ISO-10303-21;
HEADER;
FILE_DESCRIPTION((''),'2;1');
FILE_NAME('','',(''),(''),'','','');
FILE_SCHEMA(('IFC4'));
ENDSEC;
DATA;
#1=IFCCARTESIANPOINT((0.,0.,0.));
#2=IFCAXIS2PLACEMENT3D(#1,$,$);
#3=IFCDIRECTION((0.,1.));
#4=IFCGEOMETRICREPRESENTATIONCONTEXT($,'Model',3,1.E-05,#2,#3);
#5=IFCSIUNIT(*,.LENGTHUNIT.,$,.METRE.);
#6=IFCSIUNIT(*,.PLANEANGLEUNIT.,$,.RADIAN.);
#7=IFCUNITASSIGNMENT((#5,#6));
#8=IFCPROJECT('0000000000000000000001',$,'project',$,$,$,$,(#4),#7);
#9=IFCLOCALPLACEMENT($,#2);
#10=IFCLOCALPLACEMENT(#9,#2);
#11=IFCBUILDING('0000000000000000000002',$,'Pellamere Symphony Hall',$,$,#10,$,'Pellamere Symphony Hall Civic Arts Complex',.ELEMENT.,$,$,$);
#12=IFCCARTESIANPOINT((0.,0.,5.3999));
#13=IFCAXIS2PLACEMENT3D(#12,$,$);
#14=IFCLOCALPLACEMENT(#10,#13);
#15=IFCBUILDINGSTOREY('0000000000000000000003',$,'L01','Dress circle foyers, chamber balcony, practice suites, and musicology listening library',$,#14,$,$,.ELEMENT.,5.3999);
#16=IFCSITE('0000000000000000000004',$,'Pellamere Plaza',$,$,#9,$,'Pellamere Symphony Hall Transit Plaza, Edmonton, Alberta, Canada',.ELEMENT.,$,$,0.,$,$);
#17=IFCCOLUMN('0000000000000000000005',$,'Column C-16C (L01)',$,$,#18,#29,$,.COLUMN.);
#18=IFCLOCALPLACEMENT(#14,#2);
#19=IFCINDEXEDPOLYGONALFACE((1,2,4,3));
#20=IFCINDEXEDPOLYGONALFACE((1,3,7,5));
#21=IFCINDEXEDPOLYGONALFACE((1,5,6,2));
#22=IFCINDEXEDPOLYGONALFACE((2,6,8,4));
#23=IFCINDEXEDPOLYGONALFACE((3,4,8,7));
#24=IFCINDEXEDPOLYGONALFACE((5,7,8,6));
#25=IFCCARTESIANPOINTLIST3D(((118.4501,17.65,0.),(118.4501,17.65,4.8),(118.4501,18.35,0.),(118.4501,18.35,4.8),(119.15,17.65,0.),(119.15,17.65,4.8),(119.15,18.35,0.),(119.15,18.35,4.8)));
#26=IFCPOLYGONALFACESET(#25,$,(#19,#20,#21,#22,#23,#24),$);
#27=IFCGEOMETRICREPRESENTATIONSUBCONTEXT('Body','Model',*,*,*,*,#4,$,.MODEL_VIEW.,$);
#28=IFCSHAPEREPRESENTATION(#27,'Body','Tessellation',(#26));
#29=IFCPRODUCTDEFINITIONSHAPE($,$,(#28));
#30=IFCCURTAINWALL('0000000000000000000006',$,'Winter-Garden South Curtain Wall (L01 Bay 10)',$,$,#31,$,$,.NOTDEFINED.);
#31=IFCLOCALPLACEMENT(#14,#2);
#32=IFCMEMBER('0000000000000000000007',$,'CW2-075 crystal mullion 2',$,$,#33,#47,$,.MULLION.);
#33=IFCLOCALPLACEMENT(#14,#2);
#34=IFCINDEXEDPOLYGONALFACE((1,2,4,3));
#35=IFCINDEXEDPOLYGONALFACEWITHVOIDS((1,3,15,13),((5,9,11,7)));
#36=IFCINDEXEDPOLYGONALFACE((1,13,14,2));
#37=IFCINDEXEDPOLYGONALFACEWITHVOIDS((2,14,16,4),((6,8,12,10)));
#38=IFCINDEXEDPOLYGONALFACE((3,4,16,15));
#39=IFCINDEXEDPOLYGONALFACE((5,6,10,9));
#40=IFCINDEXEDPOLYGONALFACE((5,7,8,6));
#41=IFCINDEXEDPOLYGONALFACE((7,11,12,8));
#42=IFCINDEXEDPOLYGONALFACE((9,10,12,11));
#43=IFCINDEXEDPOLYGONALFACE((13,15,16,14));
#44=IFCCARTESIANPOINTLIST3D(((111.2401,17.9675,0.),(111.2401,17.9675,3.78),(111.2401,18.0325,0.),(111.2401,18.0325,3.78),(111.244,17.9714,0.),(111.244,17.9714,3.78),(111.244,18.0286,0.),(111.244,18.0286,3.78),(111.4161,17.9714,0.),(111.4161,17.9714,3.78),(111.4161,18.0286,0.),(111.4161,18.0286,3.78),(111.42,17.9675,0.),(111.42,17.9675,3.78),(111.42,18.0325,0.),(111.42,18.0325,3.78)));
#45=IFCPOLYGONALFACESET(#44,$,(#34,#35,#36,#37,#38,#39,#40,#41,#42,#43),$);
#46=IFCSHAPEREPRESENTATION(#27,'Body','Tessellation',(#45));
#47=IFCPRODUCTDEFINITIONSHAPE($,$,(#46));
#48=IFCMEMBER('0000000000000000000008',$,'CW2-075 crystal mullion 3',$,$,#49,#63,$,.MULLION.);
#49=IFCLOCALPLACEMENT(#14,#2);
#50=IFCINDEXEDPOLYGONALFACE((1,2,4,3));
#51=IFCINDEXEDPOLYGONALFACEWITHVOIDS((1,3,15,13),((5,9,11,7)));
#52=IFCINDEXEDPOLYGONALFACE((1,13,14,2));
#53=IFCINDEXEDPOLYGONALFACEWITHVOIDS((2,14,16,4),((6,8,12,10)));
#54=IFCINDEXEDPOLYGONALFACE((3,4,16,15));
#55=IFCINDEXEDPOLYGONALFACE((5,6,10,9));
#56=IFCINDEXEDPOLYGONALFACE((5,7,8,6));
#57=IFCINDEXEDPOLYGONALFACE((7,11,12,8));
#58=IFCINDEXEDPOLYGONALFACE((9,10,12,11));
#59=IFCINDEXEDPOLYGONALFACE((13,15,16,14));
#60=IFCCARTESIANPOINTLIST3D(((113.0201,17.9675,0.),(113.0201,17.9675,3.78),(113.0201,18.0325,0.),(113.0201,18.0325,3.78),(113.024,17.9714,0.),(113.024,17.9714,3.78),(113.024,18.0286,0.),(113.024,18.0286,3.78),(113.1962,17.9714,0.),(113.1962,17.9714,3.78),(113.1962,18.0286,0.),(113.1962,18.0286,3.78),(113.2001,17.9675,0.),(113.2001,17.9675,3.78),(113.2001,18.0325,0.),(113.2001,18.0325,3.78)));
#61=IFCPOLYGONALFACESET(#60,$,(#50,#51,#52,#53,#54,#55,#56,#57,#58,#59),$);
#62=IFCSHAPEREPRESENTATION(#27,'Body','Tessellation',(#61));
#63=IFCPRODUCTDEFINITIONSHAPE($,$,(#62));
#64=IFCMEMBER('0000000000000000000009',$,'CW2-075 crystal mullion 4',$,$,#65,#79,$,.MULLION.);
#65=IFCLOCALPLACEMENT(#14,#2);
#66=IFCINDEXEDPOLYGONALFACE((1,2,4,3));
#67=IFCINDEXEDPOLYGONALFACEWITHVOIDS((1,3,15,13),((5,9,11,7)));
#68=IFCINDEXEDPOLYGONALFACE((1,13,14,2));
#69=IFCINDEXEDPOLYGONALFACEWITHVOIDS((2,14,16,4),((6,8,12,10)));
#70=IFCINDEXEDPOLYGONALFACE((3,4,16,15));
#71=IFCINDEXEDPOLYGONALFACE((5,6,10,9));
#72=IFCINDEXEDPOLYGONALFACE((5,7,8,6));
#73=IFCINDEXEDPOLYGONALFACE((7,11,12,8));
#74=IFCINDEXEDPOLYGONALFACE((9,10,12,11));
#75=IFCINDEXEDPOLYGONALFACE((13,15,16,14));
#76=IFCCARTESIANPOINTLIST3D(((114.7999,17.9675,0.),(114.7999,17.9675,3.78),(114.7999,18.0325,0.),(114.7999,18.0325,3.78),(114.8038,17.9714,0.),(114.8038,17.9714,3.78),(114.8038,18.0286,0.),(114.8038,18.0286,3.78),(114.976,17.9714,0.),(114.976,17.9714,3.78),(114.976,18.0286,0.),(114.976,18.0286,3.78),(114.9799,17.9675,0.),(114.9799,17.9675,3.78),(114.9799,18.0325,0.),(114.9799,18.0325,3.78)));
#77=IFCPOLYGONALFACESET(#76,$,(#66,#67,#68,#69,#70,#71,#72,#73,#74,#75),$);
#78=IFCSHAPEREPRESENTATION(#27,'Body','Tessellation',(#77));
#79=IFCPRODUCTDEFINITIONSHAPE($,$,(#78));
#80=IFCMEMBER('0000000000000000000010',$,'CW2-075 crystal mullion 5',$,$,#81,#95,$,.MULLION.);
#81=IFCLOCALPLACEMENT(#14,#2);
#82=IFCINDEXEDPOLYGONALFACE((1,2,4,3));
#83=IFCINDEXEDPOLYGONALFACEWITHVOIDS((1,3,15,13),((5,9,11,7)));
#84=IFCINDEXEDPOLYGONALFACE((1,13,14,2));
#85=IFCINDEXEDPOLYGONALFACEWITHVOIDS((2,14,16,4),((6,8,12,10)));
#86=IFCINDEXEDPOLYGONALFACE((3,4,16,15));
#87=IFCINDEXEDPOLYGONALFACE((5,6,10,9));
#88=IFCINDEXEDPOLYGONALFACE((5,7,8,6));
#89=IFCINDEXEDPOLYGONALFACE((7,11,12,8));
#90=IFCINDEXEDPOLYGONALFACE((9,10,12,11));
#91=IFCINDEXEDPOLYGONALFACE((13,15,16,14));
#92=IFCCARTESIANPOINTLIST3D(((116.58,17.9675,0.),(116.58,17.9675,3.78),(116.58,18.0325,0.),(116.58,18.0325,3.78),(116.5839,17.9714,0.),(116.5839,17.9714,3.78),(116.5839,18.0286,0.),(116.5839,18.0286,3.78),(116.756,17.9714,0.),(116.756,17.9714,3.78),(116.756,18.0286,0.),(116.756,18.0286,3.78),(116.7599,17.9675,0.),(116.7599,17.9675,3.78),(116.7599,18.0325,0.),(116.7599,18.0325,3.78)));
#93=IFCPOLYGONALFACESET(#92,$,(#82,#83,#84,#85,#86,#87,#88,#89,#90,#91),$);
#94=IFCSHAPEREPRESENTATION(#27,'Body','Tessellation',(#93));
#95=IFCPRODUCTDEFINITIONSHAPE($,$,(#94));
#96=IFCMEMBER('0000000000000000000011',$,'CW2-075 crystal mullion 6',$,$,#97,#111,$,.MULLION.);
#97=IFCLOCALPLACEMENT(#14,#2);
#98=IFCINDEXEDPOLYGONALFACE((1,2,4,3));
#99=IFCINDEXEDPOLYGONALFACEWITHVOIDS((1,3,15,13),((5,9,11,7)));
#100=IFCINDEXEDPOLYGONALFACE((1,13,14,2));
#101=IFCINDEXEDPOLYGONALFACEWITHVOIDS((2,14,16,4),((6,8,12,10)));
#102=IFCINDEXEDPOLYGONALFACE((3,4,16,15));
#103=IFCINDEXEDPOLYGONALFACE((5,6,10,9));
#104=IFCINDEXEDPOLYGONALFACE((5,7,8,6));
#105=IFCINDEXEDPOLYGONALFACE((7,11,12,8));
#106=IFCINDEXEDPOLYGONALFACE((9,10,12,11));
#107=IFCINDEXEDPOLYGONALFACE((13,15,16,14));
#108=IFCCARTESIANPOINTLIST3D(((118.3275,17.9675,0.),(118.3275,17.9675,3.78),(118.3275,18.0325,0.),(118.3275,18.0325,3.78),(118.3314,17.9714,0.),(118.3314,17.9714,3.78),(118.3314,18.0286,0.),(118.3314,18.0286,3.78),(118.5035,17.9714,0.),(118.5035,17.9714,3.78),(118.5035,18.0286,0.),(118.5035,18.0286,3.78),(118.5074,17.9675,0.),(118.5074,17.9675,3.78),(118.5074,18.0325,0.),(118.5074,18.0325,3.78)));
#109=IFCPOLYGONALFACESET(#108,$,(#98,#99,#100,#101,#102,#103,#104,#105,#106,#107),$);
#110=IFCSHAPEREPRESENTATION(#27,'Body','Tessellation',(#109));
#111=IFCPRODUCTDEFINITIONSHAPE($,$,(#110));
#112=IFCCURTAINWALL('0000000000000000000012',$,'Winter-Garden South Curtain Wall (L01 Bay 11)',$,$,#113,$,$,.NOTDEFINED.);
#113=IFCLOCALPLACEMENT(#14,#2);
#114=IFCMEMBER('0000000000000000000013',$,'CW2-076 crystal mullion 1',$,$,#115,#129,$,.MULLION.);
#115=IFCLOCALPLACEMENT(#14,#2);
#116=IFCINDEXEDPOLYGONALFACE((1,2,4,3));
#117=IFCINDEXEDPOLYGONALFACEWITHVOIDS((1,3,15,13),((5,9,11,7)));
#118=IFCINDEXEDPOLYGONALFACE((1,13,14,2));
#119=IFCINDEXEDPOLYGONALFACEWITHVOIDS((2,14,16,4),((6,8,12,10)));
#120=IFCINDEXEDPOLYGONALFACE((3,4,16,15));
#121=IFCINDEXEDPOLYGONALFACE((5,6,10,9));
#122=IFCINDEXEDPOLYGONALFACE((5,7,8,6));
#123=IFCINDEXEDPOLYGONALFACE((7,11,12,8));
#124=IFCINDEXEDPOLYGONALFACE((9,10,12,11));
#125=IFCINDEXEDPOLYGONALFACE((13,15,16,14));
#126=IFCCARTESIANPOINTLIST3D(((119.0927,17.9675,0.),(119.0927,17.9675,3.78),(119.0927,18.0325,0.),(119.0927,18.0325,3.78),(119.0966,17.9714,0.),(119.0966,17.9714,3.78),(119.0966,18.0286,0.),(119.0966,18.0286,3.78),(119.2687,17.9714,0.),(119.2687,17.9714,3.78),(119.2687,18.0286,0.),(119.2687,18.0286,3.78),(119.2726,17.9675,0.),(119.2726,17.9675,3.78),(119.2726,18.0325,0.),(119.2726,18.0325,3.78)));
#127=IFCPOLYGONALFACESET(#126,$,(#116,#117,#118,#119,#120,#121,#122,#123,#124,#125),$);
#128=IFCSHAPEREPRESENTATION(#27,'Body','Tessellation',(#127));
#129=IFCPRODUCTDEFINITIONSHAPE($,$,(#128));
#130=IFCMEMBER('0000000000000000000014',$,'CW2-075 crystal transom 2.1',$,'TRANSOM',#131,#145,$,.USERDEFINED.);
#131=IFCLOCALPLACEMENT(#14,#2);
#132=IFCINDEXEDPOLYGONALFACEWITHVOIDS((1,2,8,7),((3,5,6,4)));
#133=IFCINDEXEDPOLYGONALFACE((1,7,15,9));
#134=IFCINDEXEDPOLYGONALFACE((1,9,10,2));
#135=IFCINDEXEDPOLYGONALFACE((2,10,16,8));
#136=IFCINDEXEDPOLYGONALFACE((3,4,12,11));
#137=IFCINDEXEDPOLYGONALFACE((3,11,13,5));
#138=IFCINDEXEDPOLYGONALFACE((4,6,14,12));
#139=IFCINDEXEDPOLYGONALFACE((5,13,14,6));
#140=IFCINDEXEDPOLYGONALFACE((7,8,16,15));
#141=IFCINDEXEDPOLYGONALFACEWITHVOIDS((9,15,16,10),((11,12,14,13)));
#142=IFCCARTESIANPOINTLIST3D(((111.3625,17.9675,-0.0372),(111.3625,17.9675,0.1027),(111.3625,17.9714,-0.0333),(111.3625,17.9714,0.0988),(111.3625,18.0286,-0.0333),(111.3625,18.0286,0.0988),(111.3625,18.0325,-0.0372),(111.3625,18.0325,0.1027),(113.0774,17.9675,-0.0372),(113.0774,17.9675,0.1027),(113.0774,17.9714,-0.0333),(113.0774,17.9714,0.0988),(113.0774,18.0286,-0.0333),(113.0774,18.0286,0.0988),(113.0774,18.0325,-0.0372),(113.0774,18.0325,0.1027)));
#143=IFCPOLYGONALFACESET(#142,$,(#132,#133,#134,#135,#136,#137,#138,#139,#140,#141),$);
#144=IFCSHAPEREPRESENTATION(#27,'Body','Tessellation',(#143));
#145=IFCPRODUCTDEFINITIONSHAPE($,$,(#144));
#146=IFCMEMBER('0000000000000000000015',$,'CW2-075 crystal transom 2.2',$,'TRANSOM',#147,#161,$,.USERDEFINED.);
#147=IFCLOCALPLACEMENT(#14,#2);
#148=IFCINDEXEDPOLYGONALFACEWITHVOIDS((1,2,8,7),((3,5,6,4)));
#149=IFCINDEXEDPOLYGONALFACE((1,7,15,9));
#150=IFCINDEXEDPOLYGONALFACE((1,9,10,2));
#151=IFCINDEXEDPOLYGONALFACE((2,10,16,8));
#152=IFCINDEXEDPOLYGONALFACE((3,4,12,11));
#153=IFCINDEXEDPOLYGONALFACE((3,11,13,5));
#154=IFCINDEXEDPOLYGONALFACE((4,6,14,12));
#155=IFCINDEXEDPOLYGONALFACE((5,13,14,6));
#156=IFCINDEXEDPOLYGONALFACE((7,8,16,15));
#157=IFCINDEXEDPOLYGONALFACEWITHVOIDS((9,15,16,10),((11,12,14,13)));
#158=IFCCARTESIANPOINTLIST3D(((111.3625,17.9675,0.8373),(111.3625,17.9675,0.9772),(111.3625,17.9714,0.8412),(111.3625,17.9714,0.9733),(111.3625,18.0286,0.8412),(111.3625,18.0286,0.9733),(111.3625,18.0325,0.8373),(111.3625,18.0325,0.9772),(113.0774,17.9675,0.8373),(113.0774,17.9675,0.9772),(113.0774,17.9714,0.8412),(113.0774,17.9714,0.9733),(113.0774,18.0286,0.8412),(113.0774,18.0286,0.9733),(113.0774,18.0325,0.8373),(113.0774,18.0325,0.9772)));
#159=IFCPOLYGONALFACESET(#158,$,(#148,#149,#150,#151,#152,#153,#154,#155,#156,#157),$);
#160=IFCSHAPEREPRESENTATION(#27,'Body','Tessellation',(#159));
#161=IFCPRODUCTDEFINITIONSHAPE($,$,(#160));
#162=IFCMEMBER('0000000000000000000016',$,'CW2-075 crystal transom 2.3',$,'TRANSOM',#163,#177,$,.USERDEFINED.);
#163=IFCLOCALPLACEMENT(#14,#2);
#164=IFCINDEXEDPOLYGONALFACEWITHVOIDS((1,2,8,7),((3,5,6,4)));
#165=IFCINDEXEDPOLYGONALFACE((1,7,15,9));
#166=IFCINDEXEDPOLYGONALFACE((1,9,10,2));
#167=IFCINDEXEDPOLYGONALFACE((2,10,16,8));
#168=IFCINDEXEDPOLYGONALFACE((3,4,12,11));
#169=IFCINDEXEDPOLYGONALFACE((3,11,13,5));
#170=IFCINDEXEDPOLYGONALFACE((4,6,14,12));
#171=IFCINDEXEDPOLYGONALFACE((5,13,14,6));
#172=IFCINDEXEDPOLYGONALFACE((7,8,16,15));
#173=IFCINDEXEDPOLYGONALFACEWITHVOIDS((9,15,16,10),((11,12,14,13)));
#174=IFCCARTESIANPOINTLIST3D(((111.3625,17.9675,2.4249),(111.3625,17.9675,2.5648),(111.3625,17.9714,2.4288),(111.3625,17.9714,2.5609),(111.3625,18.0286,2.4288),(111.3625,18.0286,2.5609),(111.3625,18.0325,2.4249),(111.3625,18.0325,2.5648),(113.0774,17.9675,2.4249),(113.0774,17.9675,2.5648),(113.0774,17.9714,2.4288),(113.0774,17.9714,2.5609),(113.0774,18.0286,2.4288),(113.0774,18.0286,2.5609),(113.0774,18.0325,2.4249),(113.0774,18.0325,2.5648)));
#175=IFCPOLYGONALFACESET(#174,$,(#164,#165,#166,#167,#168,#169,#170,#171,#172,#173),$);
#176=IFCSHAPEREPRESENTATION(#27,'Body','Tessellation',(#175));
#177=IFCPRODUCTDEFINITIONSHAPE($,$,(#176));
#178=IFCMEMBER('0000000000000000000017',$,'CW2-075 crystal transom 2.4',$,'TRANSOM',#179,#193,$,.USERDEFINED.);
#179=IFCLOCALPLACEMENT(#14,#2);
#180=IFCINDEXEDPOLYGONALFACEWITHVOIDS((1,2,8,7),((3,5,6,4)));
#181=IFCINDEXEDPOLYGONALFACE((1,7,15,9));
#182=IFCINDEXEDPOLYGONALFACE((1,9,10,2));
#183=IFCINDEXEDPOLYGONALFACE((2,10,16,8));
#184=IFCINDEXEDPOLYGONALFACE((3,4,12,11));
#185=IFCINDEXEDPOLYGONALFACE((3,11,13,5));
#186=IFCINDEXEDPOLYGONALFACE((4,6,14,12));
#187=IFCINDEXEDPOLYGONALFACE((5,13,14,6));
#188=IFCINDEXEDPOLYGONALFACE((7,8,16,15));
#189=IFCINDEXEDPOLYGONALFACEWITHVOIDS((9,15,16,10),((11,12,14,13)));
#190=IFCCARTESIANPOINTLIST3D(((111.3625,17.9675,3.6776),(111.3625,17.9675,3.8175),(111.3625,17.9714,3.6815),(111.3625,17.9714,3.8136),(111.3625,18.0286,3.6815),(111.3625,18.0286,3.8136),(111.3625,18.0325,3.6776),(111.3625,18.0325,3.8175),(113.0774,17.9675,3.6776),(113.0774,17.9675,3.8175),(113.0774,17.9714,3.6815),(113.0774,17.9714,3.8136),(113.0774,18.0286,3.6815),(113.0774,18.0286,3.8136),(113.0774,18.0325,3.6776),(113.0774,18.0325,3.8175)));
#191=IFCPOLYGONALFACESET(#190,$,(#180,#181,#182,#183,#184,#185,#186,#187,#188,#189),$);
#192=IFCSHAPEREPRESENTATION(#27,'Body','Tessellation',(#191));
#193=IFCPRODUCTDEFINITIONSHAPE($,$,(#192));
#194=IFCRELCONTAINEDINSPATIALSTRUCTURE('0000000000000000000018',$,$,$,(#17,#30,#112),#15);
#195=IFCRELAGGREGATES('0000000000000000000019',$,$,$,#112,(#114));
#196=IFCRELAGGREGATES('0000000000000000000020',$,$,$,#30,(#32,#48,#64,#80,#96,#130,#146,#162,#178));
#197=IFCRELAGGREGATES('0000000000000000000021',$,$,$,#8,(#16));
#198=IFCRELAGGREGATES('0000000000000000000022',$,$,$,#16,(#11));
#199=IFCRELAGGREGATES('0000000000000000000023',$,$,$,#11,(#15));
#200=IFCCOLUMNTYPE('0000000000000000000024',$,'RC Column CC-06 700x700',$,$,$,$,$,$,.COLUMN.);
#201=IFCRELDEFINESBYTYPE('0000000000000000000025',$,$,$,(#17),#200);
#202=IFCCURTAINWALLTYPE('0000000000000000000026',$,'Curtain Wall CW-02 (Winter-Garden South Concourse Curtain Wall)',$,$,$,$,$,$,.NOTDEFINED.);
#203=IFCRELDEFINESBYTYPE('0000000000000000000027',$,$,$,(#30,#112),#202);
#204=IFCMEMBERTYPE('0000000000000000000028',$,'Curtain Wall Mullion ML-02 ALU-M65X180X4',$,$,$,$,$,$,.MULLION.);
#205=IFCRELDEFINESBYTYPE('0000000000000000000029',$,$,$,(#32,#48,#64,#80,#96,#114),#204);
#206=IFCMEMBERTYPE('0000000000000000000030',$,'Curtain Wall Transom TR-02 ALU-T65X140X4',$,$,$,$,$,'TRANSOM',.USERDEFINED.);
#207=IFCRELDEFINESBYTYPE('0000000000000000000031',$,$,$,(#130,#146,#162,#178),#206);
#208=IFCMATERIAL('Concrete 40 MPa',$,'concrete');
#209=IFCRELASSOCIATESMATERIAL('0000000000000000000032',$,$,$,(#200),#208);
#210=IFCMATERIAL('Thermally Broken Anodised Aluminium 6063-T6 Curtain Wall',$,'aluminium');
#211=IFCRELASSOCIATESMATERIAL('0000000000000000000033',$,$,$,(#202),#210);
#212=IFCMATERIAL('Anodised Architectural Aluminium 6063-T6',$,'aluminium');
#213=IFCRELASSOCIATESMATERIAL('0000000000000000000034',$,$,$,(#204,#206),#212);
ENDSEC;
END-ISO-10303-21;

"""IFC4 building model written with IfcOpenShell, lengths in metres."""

from ifc_helpers import new_model, si_unit, direction, frame, origin, origin_2d, place, context, subcontext, project, spatial, rectangle, hollow_rectangle, extrude, material, material_profile, profile_set, type_object, element, aggregate, save


model = new_model("IFC4")

# Units and contexts
model_context = context("Model", 3, precision=1e-05, world=origin(), true_north=direction((0.0, 1.0)))
body_context = subcontext(model_context, "Body", "Model", "MODEL_VIEW")
ifc_project = project(units=[si_unit("LENGTHUNIT", "METRE"), si_unit("PLANEANGLEUNIT", "RADIAN")], contexts=[model_context])

# Site, building, storey
site_placement = place(None, origin())
site = spatial("IfcSite", under=ifc_project, at=site_placement, Name="Pellamere Plaza", LongName="Pellamere Symphony Hall Transit Plaza, Edmonton, Alberta, Canada", CompositionType="ELEMENT", RefElevation=0.0)
building_placement = place(site_placement, origin())
building = spatial("IfcBuilding", under=site, at=building_placement, Name="Pellamere Symphony Hall", LongName="Pellamere Symphony Hall Civic Arts Complex", CompositionType="ELEMENT")
storey_placement = place(building_placement, frame((0.0, 0.0, 5.3999)))
storey = spatial("IfcBuildingStorey", under=building, at=storey_placement, Name="L01", Description="Dress circle foyers, chamber balcony, practice suites, and musicology listening library", CompositionType="ELEMENT", Elevation=5.3999)

# Column
ifc_material_1 = material(Name="Concrete 40 MPa", Category="concrete")
ifc_material_profile_1 = material_profile(ifc_material_1, rectangle(XDim=0.7, YDim=0.7, at=origin_2d()), Name="RC 700x700")
ifc_profile_set_1 = profile_set([ifc_material_profile_1], Name="Concrete 40 MPa")
column_type = type_object("IfcColumnType", Name="RC Column CC-06 700x700", PredefinedType="COLUMN", material=ifc_profile_set_1)
column_placement = place(storey_placement, frame((118.8, 18.0, 0.0), z_axis=(0.0, 0.0, 1.0), x_axis=(1.0, 0.0, 0.0)))
element("IfcColumn", 1, at=column_placement, inside=storey, type_object=column_type, Name="Column C-16C (L01)", PredefinedType="COLUMN", context=body_context, shape_type="SweptSolid", body=[
    extrude(rectangle(XDim=0.7, YDim=0.7, at=origin_2d()), origin(), (0.0, 0.0, 1.0), 4.8),
])

# Curtain wall, members
ifc_material_2 = material(Name="Thermally Broken Anodised Aluminium 6063-T6 Curtain Wall", Category="aluminium")
curtain_wall_type = type_object("IfcCurtainWallType", Name="Curtain Wall CW-02 (Winter-Garden South Concourse Curtain Wall)", PredefinedType="NOTDEFINED", material=ifc_material_2)
curtain_wall_1_placement = place(storey_placement, origin())
curtain_wall_1 = element("IfcCurtainWall", 2, at=curtain_wall_1_placement, inside=storey, type_object=curtain_wall_type, Name="Winter-Garden South Curtain Wall (L01 Bay 10)", PredefinedType="NOTDEFINED")
ifc_material_3 = material(Name="Anodised Architectural Aluminium 6063-T6", Category="aluminium")
ifc_material_profile_2 = material_profile(ifc_material_3, hollow_rectangle(XDim=0.0649, YDim=0.1799, WallThickness=0.0039, at=origin_2d()), Name="ALU-M65X180X4")
ifc_profile_set_2 = profile_set([ifc_material_profile_2], Name="Anodised Architectural Aluminium 6063-T6")
member_type_1 = type_object("IfcMemberType", Name="Curtain Wall Mullion ML-02 ALU-M65X180X4", PredefinedType="MULLION", material=ifc_profile_set_2)
member_1_placement = place(storey_placement, frame((111.3301, 18.0, 0.0), z_axis=(0.0, 0.0, 1.0), x_axis=(0.0, 1.0, 0.0)))
member_1 = element("IfcMember", 3, at=member_1_placement, type_object=member_type_1, Name="CW2-075 crystal mullion 2", PredefinedType="MULLION", context=body_context, shape_type="SweptSolid", body=[
    extrude(hollow_rectangle(XDim=0.0649, YDim=0.1799, WallThickness=0.0039, at=origin_2d()), origin(), (0.0, 0.0, 1.0), 3.78),
])
member_2_placement = place(storey_placement, frame((113.1101, 18.0, 0.0), z_axis=(0.0, 0.0, 1.0), x_axis=(0.0, 1.0, 0.0)))
member_2 = element("IfcMember", 4, at=member_2_placement, type_object=member_type_1, Name="CW2-075 crystal mullion 3", PredefinedType="MULLION", context=body_context, shape_type="SweptSolid", body=[
    extrude(hollow_rectangle(XDim=0.0649, YDim=0.1799, WallThickness=0.0039, at=origin_2d()), origin(), (0.0, 0.0, 1.0), 3.78),
])
member_3_placement = place(storey_placement, frame((114.8899, 18.0, 0.0), z_axis=(0.0, 0.0, 1.0), x_axis=(0.0, 1.0, 0.0)))
member_3 = element("IfcMember", 5, at=member_3_placement, type_object=member_type_1, Name="CW2-075 crystal mullion 4", PredefinedType="MULLION", context=body_context, shape_type="SweptSolid", body=[
    extrude(hollow_rectangle(XDim=0.0649, YDim=0.1799, WallThickness=0.0039, at=origin_2d()), origin(), (0.0, 0.0, 1.0), 3.78),
])
member_4_placement = place(storey_placement, frame((116.6699, 18.0, 0.0), z_axis=(0.0, 0.0, 1.0), x_axis=(0.0, 1.0, 0.0)))
member_4 = element("IfcMember", 6, at=member_4_placement, type_object=member_type_1, Name="CW2-075 crystal mullion 5", PredefinedType="MULLION", context=body_context, shape_type="SweptSolid", body=[
    extrude(hollow_rectangle(XDim=0.0649, YDim=0.1799, WallThickness=0.0039, at=origin_2d()), origin(), (0.0, 0.0, 1.0), 3.78),
])
member_5_placement = place(storey_placement, frame((118.4175, 18.0, 0.0), z_axis=(0.0, 0.0, 1.0), x_axis=(0.0, 1.0, 0.0)))
member_5 = element("IfcMember", 7, at=member_5_placement, type_object=member_type_1, Name="CW2-075 crystal mullion 6", PredefinedType="MULLION", context=body_context, shape_type="SweptSolid", body=[
    extrude(hollow_rectangle(XDim=0.0649, YDim=0.1799, WallThickness=0.0039, at=origin_2d()), origin(), (0.0, 0.0, 1.0), 3.78),
])

# Curtain wall, member
curtain_wall_2_placement = place(storey_placement, origin())
curtain_wall_2 = element("IfcCurtainWall", 8, at=curtain_wall_2_placement, inside=storey, type_object=curtain_wall_type, Name="Winter-Garden South Curtain Wall (L01 Bay 11)", PredefinedType="NOTDEFINED")
member_6_placement = place(storey_placement, frame((119.1826, 18.0, 0.0), z_axis=(0.0, 0.0, 1.0), x_axis=(0.0, 1.0, 0.0)))
member_6 = element("IfcMember", 9, at=member_6_placement, type_object=member_type_1, Name="CW2-076 crystal mullion 1", PredefinedType="MULLION", context=body_context, shape_type="SweptSolid", body=[
    extrude(hollow_rectangle(XDim=0.0649, YDim=0.1799, WallThickness=0.0039, at=origin_2d()), origin(), (0.0, 0.0, 1.0), 3.78),
])

# Members
ifc_material_profile_3 = material_profile(ifc_material_3, hollow_rectangle(XDim=0.0649, YDim=0.1399, WallThickness=0.0039, at=origin_2d()), Name="ALU-T65X140X4")
ifc_profile_set_3 = profile_set([ifc_material_profile_3], Name="Anodised Architectural Aluminium 6063-T6")
member_type_2 = type_object("IfcMemberType", Name="Curtain Wall Transom TR-02 ALU-T65X140X4", ElementType="TRANSOM", PredefinedType="USERDEFINED", material=ifc_profile_set_3)
member_7_placement = place(storey_placement, frame((111.3625, 18.0, 0.0327), z_axis=(1.0, 0.0, 0.0), x_axis=(0.0, 1.0, 0.0)))
member_7 = element("IfcMember", 10, at=member_7_placement, type_object=member_type_2, Name="CW2-075 crystal transom 2.1", ObjectType="TRANSOM", PredefinedType="USERDEFINED", context=body_context, shape_type="SweptSolid", body=[
    extrude(hollow_rectangle(XDim=0.0649, YDim=0.1399, WallThickness=0.0039, at=origin_2d()), origin(), (0.0, 0.0, 1.0), 1.7148),
])
member_8_placement = place(storey_placement, frame((111.3625, 18.0, 0.9072), z_axis=(1.0, 0.0, 0.0), x_axis=(0.0, 1.0, 0.0)))
member_8 = element("IfcMember", 11, at=member_8_placement, type_object=member_type_2, Name="CW2-075 crystal transom 2.2", ObjectType="TRANSOM", PredefinedType="USERDEFINED", context=body_context, shape_type="SweptSolid", body=[
    extrude(hollow_rectangle(XDim=0.0649, YDim=0.1399, WallThickness=0.0039, at=origin_2d()), origin(), (0.0, 0.0, 1.0), 1.7148),
])
member_9_placement = place(storey_placement, frame((111.3625, 18.0, 2.4949), z_axis=(1.0, 0.0, 0.0), x_axis=(0.0, 1.0, 0.0)))
member_9 = element("IfcMember", 12, at=member_9_placement, type_object=member_type_2, Name="CW2-075 crystal transom 2.3", ObjectType="TRANSOM", PredefinedType="USERDEFINED", context=body_context, shape_type="SweptSolid", body=[
    extrude(hollow_rectangle(XDim=0.0649, YDim=0.1399, WallThickness=0.0039, at=origin_2d()), origin(), (0.0, 0.0, 1.0), 1.7148),
])
member_10_placement = place(storey_placement, frame((111.3625, 18.0, 3.7476), z_axis=(1.0, 0.0, 0.0), x_axis=(0.0, 1.0, 0.0)))
member_10 = element("IfcMember", 13, at=member_10_placement, type_object=member_type_2, Name="CW2-075 crystal transom 2.4", ObjectType="TRANSOM", PredefinedType="USERDEFINED", context=body_context, shape_type="SweptSolid", body=[
    extrude(hollow_rectangle(XDim=0.0649, YDim=0.1399, WallThickness=0.0039, at=origin_2d()), origin(), (0.0, 0.0, 1.0), 1.7148),
])
aggregate(curtain_wall_2, [member_6])

aggregate(curtain_wall_1, [member_1, member_2, member_3, member_4, member_5, member_7, member_8, member_9, member_10])

save(model, "model.ifc")
